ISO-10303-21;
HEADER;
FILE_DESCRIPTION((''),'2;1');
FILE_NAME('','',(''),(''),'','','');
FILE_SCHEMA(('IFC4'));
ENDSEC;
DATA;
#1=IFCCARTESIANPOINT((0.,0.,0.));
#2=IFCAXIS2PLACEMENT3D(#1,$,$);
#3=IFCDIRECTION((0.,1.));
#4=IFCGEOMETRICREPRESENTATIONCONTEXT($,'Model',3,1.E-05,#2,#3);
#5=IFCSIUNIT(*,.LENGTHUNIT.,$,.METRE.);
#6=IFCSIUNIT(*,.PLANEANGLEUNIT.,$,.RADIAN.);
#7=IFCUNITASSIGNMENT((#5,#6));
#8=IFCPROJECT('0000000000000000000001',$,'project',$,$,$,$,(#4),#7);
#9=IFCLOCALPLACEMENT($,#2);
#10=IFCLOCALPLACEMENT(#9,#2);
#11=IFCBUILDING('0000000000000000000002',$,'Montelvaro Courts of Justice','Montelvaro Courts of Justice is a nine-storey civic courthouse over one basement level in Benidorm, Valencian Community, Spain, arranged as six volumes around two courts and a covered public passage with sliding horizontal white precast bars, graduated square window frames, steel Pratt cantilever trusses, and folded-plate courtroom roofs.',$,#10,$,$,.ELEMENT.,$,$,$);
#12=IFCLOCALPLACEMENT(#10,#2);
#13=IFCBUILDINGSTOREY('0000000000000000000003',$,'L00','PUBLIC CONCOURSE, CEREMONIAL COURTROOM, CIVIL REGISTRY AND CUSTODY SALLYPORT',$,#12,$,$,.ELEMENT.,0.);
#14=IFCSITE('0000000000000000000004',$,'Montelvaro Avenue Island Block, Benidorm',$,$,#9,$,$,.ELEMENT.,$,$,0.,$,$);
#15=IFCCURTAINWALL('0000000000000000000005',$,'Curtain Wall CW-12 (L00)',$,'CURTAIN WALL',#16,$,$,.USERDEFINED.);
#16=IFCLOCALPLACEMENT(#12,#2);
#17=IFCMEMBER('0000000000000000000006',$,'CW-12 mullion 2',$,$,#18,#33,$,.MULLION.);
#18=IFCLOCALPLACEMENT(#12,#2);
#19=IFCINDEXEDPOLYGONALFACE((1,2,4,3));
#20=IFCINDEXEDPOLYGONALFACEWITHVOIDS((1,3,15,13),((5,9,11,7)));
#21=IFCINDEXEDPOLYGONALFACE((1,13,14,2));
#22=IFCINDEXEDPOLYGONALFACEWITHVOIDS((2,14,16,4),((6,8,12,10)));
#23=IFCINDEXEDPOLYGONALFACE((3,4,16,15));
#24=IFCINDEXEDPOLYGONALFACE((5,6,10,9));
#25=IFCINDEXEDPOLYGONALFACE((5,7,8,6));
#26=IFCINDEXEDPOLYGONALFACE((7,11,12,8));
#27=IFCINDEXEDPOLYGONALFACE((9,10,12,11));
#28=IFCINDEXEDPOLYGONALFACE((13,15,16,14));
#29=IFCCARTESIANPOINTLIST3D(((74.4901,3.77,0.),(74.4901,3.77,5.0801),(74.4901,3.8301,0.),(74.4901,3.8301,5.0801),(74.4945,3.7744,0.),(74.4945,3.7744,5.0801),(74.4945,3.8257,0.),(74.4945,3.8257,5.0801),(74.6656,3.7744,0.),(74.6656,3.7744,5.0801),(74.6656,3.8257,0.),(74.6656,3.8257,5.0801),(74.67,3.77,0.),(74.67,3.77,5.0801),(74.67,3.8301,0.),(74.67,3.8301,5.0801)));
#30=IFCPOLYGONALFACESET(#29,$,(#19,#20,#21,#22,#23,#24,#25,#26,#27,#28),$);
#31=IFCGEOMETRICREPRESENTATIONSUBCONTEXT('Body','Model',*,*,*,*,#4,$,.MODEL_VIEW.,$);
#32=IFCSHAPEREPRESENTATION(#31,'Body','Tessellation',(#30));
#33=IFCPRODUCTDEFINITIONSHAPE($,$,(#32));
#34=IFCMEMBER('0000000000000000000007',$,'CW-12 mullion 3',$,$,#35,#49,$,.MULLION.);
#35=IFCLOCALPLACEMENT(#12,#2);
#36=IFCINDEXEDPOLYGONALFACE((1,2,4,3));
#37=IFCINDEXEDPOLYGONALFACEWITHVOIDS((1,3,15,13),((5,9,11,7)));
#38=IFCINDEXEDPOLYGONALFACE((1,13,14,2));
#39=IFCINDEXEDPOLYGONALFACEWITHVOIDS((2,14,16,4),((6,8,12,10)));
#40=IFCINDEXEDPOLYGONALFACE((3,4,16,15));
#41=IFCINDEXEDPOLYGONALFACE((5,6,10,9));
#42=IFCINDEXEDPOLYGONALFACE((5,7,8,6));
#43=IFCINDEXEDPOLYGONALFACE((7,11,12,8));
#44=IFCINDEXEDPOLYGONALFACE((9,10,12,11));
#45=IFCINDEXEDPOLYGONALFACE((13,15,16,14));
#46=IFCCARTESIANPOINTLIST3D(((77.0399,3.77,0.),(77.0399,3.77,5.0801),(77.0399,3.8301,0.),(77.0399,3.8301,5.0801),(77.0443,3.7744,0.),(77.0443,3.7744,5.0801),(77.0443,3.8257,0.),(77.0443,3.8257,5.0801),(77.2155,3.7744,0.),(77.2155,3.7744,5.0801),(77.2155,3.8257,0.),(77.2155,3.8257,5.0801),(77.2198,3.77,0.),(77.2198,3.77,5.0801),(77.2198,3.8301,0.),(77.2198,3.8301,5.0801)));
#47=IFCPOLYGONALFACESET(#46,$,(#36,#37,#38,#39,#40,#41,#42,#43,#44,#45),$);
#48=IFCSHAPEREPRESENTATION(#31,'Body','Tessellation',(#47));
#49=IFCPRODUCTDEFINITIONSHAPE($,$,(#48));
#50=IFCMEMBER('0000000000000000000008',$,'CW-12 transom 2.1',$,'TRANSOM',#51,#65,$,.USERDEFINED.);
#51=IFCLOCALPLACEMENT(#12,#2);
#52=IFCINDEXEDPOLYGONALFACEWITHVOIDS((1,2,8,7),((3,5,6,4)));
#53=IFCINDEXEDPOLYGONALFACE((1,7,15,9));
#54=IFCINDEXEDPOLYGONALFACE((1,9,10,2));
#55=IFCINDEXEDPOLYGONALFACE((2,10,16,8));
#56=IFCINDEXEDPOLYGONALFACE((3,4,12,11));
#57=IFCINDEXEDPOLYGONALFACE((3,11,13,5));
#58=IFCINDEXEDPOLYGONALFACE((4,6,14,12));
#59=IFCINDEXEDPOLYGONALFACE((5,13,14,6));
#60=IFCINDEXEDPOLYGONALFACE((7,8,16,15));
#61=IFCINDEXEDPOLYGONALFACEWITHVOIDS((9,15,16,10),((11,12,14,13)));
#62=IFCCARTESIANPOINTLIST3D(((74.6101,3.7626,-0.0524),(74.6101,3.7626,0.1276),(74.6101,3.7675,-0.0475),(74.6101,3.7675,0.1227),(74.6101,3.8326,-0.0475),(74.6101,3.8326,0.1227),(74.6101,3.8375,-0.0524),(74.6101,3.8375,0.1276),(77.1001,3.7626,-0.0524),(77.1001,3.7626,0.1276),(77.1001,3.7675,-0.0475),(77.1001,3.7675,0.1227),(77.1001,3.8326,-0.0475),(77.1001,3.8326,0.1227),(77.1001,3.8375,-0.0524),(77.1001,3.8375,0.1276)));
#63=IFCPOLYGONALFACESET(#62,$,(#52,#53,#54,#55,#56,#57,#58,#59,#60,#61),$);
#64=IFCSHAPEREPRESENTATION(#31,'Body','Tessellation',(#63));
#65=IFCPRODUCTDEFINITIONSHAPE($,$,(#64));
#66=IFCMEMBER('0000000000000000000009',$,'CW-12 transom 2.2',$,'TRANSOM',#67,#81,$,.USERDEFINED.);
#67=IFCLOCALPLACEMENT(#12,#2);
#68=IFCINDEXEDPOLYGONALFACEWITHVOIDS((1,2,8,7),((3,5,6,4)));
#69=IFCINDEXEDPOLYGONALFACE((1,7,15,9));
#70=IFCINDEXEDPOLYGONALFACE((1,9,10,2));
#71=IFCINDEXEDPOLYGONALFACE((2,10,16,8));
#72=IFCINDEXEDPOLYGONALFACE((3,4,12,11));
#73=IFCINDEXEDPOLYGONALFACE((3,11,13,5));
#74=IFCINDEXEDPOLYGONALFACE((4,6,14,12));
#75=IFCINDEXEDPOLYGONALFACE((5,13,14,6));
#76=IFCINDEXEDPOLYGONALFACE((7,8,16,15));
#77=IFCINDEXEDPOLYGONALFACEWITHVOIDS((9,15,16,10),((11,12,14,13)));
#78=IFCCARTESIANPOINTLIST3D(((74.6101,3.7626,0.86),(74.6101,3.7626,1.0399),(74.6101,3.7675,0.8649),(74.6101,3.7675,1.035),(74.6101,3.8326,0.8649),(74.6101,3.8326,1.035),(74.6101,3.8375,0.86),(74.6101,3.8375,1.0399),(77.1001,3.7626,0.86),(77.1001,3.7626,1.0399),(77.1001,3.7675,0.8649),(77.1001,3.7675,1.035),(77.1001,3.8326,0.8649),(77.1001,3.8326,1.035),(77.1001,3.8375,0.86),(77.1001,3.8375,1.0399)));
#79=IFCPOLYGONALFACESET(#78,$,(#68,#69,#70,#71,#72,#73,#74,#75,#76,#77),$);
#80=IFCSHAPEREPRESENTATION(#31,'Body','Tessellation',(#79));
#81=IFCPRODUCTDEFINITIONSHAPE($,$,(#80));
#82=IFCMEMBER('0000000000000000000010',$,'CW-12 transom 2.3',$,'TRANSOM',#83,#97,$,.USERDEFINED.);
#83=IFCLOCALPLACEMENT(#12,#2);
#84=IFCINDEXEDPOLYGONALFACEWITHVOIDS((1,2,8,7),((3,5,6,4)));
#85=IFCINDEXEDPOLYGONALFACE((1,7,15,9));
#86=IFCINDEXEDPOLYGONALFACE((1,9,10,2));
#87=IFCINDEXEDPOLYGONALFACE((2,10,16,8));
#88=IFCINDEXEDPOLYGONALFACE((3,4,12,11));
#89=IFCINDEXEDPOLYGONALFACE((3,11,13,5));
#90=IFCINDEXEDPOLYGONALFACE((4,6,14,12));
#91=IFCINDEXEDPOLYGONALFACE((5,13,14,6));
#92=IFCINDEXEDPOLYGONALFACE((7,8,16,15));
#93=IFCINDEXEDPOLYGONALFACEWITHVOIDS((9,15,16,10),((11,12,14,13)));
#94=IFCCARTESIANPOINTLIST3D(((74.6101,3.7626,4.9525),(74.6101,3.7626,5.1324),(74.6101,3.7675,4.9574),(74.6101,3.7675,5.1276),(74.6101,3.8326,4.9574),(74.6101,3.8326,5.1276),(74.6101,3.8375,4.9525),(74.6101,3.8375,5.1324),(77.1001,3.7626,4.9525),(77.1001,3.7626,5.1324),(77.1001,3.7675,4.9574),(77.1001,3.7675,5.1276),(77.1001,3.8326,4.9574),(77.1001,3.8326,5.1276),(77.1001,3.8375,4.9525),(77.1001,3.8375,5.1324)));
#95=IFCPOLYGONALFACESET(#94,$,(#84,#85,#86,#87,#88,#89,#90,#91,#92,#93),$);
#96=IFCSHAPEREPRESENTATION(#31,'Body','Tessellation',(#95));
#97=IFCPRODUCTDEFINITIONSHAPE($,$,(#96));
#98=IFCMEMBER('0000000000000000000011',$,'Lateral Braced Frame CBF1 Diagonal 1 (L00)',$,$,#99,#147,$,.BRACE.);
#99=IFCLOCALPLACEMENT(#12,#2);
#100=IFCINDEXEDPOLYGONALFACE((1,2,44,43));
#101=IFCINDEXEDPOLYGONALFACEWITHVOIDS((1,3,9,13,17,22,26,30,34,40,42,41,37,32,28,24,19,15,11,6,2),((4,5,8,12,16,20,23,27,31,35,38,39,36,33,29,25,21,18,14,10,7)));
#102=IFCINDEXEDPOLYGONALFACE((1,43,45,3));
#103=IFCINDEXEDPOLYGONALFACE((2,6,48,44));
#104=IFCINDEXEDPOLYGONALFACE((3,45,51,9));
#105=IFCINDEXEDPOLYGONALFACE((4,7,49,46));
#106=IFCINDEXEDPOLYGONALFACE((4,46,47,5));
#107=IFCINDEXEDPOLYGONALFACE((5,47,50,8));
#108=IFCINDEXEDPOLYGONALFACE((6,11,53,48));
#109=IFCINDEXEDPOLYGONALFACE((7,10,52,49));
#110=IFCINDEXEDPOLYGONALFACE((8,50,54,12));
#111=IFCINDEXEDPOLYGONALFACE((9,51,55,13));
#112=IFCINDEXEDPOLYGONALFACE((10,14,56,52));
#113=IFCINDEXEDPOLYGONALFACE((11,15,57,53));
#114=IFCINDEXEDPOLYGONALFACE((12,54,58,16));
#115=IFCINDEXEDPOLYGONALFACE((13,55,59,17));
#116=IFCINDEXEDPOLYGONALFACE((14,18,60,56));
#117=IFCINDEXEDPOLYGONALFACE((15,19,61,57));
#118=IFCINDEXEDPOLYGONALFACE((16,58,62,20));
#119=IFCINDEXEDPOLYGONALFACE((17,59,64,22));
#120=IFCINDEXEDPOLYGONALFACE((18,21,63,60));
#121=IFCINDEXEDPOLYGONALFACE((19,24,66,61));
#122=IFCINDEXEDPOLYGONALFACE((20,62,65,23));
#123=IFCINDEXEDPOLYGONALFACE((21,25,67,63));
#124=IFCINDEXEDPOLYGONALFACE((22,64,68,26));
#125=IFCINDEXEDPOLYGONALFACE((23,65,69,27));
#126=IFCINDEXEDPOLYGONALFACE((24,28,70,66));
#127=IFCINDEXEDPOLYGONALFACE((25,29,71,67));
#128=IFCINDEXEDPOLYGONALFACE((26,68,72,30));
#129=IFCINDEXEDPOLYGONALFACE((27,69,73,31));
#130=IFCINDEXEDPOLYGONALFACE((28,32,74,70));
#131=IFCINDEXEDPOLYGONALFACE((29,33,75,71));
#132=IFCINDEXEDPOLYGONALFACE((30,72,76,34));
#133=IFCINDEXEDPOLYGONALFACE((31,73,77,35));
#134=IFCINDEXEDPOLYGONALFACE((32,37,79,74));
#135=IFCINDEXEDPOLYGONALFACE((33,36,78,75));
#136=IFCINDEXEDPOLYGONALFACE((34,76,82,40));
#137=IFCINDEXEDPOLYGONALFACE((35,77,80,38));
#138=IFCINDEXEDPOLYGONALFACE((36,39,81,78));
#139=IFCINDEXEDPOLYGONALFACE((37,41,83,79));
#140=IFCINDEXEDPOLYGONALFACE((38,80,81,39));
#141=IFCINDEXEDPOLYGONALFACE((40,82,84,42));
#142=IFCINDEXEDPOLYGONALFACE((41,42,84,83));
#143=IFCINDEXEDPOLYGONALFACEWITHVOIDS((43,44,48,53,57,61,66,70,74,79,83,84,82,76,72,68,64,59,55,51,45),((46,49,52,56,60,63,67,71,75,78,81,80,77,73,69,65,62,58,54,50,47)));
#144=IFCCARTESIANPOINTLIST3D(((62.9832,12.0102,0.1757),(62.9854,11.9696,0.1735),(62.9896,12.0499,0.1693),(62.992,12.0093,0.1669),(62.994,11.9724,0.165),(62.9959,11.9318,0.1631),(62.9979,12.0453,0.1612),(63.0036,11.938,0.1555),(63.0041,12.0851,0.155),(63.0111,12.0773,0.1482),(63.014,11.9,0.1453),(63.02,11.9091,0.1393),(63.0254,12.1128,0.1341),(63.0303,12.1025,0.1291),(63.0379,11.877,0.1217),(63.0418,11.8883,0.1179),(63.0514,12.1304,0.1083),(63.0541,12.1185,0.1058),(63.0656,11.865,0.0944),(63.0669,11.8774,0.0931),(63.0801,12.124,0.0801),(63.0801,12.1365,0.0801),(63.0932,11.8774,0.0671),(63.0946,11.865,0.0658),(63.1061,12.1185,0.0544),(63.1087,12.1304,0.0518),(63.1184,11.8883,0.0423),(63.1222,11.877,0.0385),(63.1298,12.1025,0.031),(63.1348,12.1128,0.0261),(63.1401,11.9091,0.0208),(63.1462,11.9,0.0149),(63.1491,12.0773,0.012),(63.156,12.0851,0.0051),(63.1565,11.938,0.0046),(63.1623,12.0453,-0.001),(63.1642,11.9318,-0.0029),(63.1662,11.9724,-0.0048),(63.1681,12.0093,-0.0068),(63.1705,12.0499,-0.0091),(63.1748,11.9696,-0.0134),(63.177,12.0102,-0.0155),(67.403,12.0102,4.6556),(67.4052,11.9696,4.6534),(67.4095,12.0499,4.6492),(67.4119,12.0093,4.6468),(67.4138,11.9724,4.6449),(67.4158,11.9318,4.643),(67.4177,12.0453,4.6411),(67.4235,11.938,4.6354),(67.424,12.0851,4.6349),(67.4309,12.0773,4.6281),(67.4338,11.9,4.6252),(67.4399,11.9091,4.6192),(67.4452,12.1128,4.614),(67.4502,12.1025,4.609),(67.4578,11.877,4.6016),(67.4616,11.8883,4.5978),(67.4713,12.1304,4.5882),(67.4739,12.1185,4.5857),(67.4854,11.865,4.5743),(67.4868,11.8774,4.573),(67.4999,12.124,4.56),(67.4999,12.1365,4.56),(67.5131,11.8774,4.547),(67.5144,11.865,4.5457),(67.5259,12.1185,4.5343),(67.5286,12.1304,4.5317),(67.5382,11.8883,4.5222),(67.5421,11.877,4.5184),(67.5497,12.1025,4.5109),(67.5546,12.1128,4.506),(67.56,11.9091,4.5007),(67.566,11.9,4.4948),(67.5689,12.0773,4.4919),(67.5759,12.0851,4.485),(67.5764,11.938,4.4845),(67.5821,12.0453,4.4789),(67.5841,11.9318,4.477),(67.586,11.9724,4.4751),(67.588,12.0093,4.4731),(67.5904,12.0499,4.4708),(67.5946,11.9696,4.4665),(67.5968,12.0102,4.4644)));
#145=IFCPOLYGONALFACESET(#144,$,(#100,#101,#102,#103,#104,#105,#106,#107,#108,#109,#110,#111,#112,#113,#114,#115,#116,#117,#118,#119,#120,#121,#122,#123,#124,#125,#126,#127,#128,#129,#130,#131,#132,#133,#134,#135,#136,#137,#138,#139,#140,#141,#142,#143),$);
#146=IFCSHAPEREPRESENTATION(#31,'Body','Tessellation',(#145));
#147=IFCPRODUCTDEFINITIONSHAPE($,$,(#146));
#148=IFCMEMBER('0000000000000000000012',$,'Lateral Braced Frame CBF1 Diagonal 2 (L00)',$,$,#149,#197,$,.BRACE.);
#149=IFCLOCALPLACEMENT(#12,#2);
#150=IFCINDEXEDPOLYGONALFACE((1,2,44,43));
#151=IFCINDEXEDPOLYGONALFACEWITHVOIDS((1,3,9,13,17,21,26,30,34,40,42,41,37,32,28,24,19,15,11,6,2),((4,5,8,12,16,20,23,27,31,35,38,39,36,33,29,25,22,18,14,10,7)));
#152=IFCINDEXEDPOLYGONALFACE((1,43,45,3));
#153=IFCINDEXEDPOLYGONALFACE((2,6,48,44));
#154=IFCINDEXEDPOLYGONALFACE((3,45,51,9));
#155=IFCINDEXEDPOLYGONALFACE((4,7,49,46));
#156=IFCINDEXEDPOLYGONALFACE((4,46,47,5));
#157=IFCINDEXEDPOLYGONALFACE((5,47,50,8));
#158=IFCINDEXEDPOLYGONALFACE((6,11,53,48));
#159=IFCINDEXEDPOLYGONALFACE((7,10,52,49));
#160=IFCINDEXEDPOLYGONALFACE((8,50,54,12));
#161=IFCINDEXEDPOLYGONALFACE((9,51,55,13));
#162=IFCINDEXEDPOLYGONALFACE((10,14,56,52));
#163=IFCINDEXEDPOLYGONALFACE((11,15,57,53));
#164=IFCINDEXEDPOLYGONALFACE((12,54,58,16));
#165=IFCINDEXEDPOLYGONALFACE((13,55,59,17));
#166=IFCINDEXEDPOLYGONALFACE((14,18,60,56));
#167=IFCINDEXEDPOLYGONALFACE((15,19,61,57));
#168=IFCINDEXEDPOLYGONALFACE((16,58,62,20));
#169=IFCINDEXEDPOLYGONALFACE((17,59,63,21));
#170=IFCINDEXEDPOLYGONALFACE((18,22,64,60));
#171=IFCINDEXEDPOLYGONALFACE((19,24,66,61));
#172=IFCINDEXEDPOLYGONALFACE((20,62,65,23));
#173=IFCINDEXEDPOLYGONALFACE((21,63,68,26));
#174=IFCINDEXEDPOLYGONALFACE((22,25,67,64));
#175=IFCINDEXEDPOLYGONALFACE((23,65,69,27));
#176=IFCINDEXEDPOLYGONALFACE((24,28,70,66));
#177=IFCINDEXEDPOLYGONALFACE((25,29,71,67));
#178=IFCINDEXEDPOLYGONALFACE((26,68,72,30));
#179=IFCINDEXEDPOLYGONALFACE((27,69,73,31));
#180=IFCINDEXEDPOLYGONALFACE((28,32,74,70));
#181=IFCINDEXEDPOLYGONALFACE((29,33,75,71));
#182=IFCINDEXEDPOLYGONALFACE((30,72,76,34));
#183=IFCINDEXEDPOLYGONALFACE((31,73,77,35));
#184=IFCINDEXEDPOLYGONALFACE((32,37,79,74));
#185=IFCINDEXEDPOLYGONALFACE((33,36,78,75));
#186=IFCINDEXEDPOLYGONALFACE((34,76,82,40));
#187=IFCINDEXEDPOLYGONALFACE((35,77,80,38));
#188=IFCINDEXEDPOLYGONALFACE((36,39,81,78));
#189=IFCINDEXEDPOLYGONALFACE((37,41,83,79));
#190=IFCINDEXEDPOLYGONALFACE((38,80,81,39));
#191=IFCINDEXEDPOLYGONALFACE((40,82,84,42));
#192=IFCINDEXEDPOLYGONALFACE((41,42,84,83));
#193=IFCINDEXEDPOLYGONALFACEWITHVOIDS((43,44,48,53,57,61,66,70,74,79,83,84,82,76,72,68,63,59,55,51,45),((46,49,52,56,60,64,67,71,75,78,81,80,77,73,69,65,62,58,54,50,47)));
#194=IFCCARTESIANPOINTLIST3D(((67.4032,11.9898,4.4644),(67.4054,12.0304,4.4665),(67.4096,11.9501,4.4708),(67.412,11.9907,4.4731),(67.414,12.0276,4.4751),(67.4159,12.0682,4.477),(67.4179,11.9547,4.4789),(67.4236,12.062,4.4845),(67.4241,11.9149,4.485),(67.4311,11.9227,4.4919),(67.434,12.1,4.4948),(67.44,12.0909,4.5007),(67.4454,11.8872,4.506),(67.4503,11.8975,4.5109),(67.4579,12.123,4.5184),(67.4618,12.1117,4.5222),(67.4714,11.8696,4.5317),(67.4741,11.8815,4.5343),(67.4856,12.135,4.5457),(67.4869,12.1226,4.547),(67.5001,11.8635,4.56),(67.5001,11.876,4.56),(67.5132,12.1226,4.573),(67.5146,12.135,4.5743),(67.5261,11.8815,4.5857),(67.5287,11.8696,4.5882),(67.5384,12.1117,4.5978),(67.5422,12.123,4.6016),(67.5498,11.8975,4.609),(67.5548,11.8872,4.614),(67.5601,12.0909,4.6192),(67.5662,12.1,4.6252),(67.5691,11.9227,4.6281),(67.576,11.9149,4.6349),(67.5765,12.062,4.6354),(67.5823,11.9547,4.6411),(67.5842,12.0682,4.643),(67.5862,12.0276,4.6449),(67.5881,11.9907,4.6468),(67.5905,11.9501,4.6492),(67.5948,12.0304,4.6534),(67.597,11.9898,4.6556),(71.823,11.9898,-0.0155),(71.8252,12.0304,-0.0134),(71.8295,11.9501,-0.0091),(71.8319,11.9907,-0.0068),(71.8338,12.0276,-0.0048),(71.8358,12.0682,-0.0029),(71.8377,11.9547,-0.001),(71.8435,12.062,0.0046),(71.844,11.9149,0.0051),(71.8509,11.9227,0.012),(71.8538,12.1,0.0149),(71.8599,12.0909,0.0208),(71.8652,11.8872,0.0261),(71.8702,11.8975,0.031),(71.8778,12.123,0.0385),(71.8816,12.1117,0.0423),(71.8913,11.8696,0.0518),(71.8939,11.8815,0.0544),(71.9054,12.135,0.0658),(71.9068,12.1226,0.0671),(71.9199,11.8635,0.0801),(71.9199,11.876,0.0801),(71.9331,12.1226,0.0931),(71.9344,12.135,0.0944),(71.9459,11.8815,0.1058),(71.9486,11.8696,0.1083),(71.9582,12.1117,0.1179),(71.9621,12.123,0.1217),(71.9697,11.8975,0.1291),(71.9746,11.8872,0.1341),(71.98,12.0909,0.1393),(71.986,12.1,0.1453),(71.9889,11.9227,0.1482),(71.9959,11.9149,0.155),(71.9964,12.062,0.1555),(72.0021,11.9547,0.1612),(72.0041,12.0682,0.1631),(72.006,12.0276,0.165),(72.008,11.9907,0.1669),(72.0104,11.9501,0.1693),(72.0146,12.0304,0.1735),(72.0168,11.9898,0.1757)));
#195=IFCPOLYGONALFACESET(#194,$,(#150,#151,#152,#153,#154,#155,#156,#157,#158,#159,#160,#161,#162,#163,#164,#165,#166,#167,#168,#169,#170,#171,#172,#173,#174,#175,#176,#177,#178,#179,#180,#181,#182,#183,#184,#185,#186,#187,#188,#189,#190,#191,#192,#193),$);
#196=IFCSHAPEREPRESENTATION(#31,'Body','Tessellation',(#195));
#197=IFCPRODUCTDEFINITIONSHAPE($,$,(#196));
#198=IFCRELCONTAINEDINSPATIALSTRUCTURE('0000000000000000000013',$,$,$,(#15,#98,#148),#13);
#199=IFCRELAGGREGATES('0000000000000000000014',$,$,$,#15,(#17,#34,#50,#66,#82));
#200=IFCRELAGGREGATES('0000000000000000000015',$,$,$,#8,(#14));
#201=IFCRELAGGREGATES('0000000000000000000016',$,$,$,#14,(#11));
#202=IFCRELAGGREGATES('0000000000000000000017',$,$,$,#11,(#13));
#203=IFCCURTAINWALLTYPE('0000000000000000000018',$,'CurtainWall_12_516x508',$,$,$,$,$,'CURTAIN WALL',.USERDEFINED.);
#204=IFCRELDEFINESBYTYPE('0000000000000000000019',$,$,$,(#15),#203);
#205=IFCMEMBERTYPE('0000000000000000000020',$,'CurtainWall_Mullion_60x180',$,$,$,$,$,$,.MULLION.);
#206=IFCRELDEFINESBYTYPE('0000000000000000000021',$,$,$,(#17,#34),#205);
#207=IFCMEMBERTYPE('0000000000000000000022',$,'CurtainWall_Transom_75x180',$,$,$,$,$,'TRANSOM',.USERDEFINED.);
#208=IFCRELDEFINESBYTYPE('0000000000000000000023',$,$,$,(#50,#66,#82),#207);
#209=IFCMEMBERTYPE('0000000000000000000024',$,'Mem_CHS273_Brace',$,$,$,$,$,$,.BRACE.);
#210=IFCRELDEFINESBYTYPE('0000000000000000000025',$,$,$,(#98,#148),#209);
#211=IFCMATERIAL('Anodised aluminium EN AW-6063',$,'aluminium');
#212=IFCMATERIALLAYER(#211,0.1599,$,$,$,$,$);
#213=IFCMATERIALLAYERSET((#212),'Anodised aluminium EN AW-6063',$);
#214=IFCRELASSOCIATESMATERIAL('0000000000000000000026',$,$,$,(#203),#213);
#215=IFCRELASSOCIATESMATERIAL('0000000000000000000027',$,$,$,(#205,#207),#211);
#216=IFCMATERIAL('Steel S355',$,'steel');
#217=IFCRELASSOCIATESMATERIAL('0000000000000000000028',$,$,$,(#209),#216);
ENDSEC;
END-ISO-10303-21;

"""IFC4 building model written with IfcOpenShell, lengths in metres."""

from ifc_helpers import new_model, si_unit, direction, frame, origin, origin_2d, place, context, subcontext, project, spatial, hollow_rectangle, hollow_circle, extrude, material, layer, layer_set, material_profile, profile_set, type_object, element, aggregate, save


model = new_model("IFC4")

# Units and contexts
model_context = context("Model", 3, precision=1e-05, world=origin(), true_north=direction((0.0, 1.0)))
body_context = subcontext(model_context, "Body", "Model", "MODEL_VIEW")
ifc_project = project(units=[si_unit("LENGTHUNIT", "METRE"), si_unit("PLANEANGLEUNIT", "RADIAN")], contexts=[model_context])

# Site, building, storey
site_placement = place(None, origin())
site = spatial("IfcSite", under=ifc_project, at=site_placement, Name="Montelvaro Avenue Island Block, Benidorm", CompositionType="ELEMENT", RefElevation=0.0)
building_placement = place(site_placement, origin())
building = spatial("IfcBuilding", under=site, at=building_placement, Name="Montelvaro Courts of Justice", Description="Montelvaro Courts of Justice is a nine-storey civic courthouse over one basement level in Benidorm, Valencian Community, Spain, arranged as six volumes around two courts and a covered public passage with sliding horizontal white precast bars, graduated square window frames, steel Pratt cantilever trusses, and folded-plate courtroom roofs.", CompositionType="ELEMENT")
storey_placement = place(building_placement, origin())
storey = spatial("IfcBuildingStorey", under=building, at=storey_placement, Name="L00", Description="PUBLIC CONCOURSE, CEREMONIAL COURTROOM, CIVIL REGISTRY AND CUSTODY SALLYPORT", CompositionType="ELEMENT", Elevation=0.0)

# Shared definitions
ifc_material_1 = material(Name="Steel S355", Category="steel")

# Curtain wall, members
ifc_material_2 = material(Name="Anodised aluminium EN AW-6063", Category="aluminium")
ifc_layer_1 = layer(ifc_material_2, 0.1599)
ifc_layer_set_1 = layer_set([ifc_layer_1], Name="Anodised aluminium EN AW-6063")
curtain_wall_type = type_object("IfcCurtainWallType", Name="CurtainWall_12_516x508", ElementType="CURTAIN WALL", PredefinedType="USERDEFINED", material=ifc_layer_set_1)
curtain_wall_placement = place(storey_placement, origin())
curtain_wall = element("IfcCurtainWall", 1, at=curtain_wall_placement, inside=storey, type_object=curtain_wall_type, Name="Curtain Wall CW-12 (L00)", ObjectType="CURTAIN WALL", PredefinedType="USERDEFINED")
ifc_material_profile_1 = material_profile(ifc_material_2, hollow_rectangle(XDim=0.0601, YDim=0.1799, WallThickness=0.0044, at=origin_2d()), Name="ALU-M 60x180")
ifc_profile_set_1 = profile_set([ifc_material_profile_1], Name="Anodised aluminium EN AW-6063")
member_type_1 = type_object("IfcMemberType", Name="CurtainWall_Mullion_60x180", PredefinedType="MULLION", material=ifc_profile_set_1)
member_1_placement = place(storey_placement, frame((74.5801, 3.8, 0.0), z_axis=(0.0, 0.0, 1.0), x_axis=(0.0, 1.0, 0.0)))
member_1 = element("IfcMember", 2, at=member_1_placement, type_object=member_type_1, Name="CW-12 mullion 2", PredefinedType="MULLION", context=body_context, shape_type="SweptSolid", body=[
    extrude(hollow_rectangle(XDim=0.0601, YDim=0.1799, WallThickness=0.0044, at=origin_2d()), origin(), (0.0, 0.0, 1.0), 5.0801),
])
member_2_placement = place(storey_placement, frame((77.1299, 3.8, 0.0), z_axis=(0.0, 0.0, 1.0), x_axis=(0.0, 1.0, 0.0)))
member_2 = element("IfcMember", 3, at=member_2_placement, type_object=member_type_1, Name="CW-12 mullion 3", PredefinedType="MULLION", context=body_context, shape_type="SweptSolid", body=[
    extrude(hollow_rectangle(XDim=0.0601, YDim=0.1799, WallThickness=0.0044, at=origin_2d()), origin(), (0.0, 0.0, 1.0), 5.0801),
])
ifc_material_profile_2 = material_profile(ifc_material_2, hollow_rectangle(XDim=0.075, YDim=0.1799, WallThickness=0.0049, at=origin_2d()), Name="ALU-T 75x180")
ifc_profile_set_2 = profile_set([ifc_material_profile_2], Name="Anodised aluminium EN AW-6063")
member_type_2 = type_object("IfcMemberType", Name="CurtainWall_Transom_75x180", ElementType="TRANSOM", PredefinedType="USERDEFINED", material=ifc_profile_set_2)
member_3_placement = place(storey_placement, frame((74.6101, 3.8, 0.0376), z_axis=(1.0, 0.0, 0.0), x_axis=(0.0, 1.0, 0.0)))
member_3 = element("IfcMember", 4, at=member_3_placement, type_object=member_type_2, Name="CW-12 transom 2.1", ObjectType="TRANSOM", PredefinedType="USERDEFINED", context=body_context, shape_type="SweptSolid", body=[
    extrude(hollow_rectangle(XDim=0.075, YDim=0.1799, WallThickness=0.0049, at=origin_2d()), origin(), (0.0, 0.0, 1.0), 2.49),
])
member_4_placement = place(storey_placement, frame((74.6101, 3.8, 0.95), z_axis=(1.0, 0.0, 0.0), x_axis=(0.0, 1.0, 0.0)))
member_4 = element("IfcMember", 5, at=member_4_placement, type_object=member_type_2, Name="CW-12 transom 2.2", ObjectType="TRANSOM", PredefinedType="USERDEFINED", context=body_context, shape_type="SweptSolid", body=[
    extrude(hollow_rectangle(XDim=0.075, YDim=0.1799, WallThickness=0.0049, at=origin_2d()), origin(), (0.0, 0.0, 1.0), 2.49),
])
member_5_placement = place(storey_placement, frame((74.6101, 3.8, 5.0425), z_axis=(1.0, 0.0, 0.0), x_axis=(0.0, 1.0, 0.0)))
member_5 = element("IfcMember", 6, at=member_5_placement, type_object=member_type_2, Name="CW-12 transom 2.3", ObjectType="TRANSOM", PredefinedType="USERDEFINED", context=body_context, shape_type="SweptSolid", body=[
    extrude(hollow_rectangle(XDim=0.075, YDim=0.1799, WallThickness=0.0049, at=origin_2d()), origin(), (0.0, 0.0, 1.0), 2.49),
])

# Members
ifc_material_profile_3 = material_profile(ifc_material_1, hollow_circle(Radius=0.1365, WallThickness=0.0125, at=origin_2d()), Name="CHS 273x12.5")
ifc_profile_set_3 = profile_set([ifc_material_profile_3], Name="Steel S355")
member_type_3 = type_object("IfcMemberType", Name="Mem_CHS273_Brace", PredefinedType="BRACE", material=ifc_profile_set_3)
for number, where, z_axis, x_axis, name in (
    (7, (63.0801, 12.0, 0.0801), (0.702319, 0.0, 0.711862), (0.0, 1.0, 0.0), "Lateral Braced Frame CBF1 Diagonal 1 (L00)"),
    (8, (71.9199, 12.0, 0.0801), (-0.702319, 0.0, 0.711862), (0.0, -1.0, 0.0), "Lateral Braced Frame CBF1 Diagonal 2 (L00)"),
):
    element("IfcMember", number, at=place(storey_placement, frame(where, z_axis=z_axis, x_axis=x_axis)), inside=storey, type_object=member_type_3, Name=name, PredefinedType="BRACE", context=body_context, shape_type="SweptSolid", body=[
        extrude(hollow_circle(Radius=0.1365, WallThickness=0.0125, at=origin_2d()), origin(), (0.0, 0.0, 1.0), 6.2932),
    ])

aggregate(curtain_wall, [member_1, member_2, member_3, member_4, member_5])

save(model, "model.ifc")
